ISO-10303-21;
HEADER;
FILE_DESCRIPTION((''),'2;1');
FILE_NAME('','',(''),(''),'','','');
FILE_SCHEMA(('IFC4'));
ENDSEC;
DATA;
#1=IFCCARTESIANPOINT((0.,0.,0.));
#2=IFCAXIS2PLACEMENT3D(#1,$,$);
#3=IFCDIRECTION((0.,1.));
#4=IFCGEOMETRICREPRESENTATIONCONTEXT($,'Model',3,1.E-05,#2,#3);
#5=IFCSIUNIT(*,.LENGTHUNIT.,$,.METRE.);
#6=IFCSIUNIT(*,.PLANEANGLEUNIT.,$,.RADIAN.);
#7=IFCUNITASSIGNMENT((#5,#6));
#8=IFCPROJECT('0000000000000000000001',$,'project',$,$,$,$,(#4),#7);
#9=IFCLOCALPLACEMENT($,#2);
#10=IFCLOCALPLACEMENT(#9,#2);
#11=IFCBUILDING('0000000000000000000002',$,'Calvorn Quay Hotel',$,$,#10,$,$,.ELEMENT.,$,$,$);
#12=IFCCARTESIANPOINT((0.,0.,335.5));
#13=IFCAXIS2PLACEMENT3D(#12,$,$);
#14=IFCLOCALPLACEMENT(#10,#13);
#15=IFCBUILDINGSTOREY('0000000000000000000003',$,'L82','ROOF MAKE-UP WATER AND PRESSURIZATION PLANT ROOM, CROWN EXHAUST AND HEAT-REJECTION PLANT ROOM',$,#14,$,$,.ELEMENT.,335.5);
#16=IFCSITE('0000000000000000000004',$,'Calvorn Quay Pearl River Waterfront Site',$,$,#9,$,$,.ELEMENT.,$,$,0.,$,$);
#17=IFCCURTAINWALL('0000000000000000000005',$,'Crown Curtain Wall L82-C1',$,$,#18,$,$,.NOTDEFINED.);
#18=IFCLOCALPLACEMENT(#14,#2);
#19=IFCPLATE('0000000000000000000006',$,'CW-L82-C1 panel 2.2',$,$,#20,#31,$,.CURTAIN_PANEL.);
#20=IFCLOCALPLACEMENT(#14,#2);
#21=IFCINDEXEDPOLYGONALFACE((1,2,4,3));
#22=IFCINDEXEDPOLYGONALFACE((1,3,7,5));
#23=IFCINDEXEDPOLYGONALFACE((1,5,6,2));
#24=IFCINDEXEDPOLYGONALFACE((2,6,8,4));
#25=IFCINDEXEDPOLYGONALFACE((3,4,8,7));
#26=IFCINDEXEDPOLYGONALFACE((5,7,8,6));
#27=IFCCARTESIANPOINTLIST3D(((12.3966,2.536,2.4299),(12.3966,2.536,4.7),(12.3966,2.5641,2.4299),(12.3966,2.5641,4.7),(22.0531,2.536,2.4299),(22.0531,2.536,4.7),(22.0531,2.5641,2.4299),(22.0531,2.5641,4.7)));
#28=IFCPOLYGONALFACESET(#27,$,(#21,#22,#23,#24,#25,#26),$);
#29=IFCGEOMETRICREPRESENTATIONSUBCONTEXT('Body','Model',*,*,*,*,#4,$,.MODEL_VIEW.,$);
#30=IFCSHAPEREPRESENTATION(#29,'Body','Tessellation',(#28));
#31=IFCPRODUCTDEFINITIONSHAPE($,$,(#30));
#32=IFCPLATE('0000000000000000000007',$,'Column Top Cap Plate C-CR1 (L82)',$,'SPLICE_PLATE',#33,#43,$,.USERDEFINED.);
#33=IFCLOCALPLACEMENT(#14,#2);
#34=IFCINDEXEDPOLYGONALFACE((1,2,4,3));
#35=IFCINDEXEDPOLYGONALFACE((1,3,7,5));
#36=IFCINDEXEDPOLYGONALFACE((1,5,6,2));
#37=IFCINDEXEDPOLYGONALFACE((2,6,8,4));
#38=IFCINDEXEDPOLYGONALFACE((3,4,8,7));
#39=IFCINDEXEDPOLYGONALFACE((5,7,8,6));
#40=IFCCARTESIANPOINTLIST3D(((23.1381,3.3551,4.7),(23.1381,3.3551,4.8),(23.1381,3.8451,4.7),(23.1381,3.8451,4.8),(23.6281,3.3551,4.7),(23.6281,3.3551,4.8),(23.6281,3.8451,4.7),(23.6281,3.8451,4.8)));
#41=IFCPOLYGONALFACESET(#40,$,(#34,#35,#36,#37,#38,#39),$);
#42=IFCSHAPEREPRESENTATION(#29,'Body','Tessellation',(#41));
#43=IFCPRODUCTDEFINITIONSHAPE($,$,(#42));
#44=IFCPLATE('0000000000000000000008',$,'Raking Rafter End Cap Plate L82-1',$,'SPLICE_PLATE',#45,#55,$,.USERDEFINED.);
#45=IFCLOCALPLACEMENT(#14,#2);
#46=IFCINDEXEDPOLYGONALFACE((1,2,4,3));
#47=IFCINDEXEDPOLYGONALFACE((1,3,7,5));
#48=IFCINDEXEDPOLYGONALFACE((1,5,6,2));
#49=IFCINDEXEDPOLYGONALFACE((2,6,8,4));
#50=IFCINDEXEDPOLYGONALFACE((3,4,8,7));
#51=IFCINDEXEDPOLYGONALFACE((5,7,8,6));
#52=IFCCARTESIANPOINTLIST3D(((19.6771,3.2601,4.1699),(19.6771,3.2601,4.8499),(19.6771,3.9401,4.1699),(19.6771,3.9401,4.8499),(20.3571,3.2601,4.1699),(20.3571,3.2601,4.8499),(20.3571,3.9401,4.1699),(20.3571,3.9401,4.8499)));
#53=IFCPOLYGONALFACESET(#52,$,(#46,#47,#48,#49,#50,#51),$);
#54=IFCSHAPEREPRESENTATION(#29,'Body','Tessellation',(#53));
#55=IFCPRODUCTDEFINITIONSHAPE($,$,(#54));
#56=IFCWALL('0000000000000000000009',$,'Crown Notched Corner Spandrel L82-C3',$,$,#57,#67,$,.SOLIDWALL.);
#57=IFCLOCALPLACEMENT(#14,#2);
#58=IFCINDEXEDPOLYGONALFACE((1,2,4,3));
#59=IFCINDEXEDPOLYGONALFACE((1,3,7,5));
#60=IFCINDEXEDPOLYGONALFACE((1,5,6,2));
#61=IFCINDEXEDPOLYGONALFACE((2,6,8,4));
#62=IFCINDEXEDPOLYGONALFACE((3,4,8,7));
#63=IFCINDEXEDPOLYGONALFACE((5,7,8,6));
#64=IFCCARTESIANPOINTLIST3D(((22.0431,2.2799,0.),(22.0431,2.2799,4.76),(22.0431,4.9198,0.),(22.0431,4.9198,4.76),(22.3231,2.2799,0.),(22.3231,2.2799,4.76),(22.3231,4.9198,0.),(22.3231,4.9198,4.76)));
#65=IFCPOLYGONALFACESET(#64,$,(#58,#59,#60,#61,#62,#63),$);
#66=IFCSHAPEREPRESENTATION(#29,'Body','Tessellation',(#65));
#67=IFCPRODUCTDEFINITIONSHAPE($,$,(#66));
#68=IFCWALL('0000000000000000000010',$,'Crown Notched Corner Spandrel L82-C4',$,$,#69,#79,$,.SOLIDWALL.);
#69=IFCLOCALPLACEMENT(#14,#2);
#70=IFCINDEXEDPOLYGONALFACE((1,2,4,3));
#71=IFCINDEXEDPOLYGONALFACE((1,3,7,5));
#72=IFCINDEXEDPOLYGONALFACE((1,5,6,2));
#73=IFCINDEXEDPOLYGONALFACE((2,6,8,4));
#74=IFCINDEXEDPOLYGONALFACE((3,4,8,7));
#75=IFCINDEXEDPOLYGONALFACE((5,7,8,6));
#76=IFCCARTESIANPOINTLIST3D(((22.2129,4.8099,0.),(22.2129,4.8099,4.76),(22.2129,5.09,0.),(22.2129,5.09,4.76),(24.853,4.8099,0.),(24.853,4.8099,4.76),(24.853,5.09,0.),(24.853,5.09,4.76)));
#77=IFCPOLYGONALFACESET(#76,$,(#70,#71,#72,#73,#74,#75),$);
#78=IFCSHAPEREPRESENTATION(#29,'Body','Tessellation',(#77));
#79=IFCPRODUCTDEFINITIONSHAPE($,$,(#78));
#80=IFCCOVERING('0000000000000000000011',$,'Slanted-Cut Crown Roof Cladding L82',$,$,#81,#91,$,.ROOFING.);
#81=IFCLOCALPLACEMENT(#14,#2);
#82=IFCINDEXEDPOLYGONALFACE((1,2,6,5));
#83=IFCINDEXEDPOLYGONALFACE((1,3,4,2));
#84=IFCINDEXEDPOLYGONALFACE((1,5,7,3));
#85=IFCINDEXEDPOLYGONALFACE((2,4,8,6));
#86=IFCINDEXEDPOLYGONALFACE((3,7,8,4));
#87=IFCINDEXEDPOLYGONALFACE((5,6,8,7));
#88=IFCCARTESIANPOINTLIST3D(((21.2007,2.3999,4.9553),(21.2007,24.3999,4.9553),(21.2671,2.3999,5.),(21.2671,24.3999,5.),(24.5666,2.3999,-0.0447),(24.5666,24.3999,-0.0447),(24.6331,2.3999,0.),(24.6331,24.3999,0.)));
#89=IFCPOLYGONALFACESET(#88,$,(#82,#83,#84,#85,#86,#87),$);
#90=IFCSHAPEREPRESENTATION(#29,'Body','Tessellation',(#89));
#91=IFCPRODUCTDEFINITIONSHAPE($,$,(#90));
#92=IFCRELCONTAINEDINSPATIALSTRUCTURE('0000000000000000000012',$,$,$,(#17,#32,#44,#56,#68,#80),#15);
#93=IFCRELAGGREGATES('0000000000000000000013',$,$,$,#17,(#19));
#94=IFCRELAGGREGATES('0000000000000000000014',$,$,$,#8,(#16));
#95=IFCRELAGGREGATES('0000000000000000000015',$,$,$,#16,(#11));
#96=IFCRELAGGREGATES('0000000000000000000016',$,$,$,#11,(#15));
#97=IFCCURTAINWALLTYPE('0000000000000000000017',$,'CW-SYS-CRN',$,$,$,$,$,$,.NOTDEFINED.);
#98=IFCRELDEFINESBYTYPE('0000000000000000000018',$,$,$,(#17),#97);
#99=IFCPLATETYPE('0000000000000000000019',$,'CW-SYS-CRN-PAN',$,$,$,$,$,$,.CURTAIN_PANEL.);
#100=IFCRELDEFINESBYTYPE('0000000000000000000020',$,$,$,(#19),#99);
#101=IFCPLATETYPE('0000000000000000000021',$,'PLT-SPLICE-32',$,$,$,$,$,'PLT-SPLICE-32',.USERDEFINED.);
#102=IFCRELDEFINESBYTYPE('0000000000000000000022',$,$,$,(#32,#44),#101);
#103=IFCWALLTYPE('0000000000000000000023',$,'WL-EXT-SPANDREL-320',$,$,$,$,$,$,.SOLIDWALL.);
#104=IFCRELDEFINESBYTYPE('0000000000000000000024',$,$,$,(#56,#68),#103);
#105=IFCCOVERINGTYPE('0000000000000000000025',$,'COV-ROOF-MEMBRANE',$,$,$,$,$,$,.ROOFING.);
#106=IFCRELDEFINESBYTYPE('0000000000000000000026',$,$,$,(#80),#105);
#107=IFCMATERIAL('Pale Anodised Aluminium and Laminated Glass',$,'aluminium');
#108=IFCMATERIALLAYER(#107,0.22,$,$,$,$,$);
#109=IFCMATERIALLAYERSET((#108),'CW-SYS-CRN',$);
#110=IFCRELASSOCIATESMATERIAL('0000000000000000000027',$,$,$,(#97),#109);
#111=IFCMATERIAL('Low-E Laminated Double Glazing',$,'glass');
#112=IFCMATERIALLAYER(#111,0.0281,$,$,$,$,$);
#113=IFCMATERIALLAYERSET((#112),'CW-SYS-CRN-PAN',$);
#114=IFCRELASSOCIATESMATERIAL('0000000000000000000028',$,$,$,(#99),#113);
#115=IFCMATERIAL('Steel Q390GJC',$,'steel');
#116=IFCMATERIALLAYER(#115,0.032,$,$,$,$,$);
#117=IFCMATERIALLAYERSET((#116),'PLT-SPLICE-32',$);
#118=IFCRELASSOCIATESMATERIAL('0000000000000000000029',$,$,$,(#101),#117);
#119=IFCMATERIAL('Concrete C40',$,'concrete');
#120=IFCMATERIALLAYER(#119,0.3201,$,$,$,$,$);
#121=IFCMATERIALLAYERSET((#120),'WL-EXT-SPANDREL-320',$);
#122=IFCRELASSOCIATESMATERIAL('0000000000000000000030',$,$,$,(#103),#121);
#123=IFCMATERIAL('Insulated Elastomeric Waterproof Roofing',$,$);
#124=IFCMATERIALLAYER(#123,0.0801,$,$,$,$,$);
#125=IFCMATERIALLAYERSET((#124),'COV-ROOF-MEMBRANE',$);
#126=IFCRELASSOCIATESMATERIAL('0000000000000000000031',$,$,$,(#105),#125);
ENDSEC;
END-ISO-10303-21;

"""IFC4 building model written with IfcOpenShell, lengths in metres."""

from ifc_helpers import new_model, si_unit, direction, frame, frame_2d, origin, origin_2d, place, context, subcontext, project, spatial, polyline, rectangle, outline, extrude, material, layer, layer_set, type_object, element, aggregate, save


model = new_model("IFC4")

# Units and contexts
model_context = context("Model", 3, precision=1e-05, world=origin(), true_north=direction((0.0, 1.0)))
body_context = subcontext(model_context, "Body", "Model", "MODEL_VIEW")
ifc_project = project(units=[si_unit("LENGTHUNIT", "METRE"), si_unit("PLANEANGLEUNIT", "RADIAN")], contexts=[model_context])

# Site, building, storey
site_placement = place(None, origin())
site = spatial("IfcSite", under=ifc_project, at=site_placement, Name="Calvorn Quay Pearl River Waterfront Site", CompositionType="ELEMENT", RefElevation=0.0)
building_placement = place(site_placement, origin())
building = spatial("IfcBuilding", under=site, at=building_placement, Name="Calvorn Quay Hotel", CompositionType="ELEMENT")
storey_placement = place(building_placement, frame((0.0, 0.0, 335.5)))
storey = spatial("IfcBuildingStorey", under=building, at=storey_placement, Name="L82", Description="ROOF MAKE-UP WATER AND PRESSURIZATION PLANT ROOM, CROWN EXHAUST AND HEAT-REJECTION PLANT ROOM", CompositionType="ELEMENT", Elevation=335.5)

# Curtain wall
ifc_material_1 = material(Name="Pale Anodised Aluminium and Laminated Glass", Category="aluminium")
ifc_layer_1 = layer(ifc_material_1, 0.22)
ifc_layer_set_1 = layer_set([ifc_layer_1], Name="CW-SYS-CRN")
curtain_wall_type = type_object("IfcCurtainWallType", Name="CW-SYS-CRN", PredefinedType="NOTDEFINED", material=ifc_layer_set_1)
curtain_wall_1_placement = place(storey_placement, origin())
curtain_wall_1 = element("IfcCurtainWall", 1, at=curtain_wall_1_placement, inside=storey, type_object=curtain_wall_type, Name="Crown Curtain Wall L82-C1", PredefinedType="NOTDEFINED")

# Plate
ifc_material_2 = material(Name="Low-E Laminated Double Glazing", Category="glass")
ifc_layer_2 = layer(ifc_material_2, 0.0281)
ifc_layer_set_2 = layer_set([ifc_layer_2], Name="CW-SYS-CRN-PAN")
plate_type_1 = type_object("IfcPlateType", Name="CW-SYS-CRN-PAN", PredefinedType="CURTAIN_PANEL", material=ifc_layer_set_2)
plate_1_placement = place(storey_placement, frame((17.2249, 2.55, 2.4299), z_axis=(0.0, 0.0, 1.0), x_axis=(1.0, 0.0, 0.0)))
plate_1 = element("IfcPlate", 2, at=plate_1_placement, type_object=plate_type_1, Name="CW-L82-C1 panel 2.2", PredefinedType="CURTAIN_PANEL", context=body_context, shape_type="SweptSolid", body=[
    extrude(rectangle(XDim=9.6565, YDim=0.0281, at=origin_2d()), origin(), (0.0, 0.0, 1.0), 2.27),
])
aggregate(curtain_wall_1, [plate_1])

# Plates
ifc_material_3 = material(Name="Steel Q390GJC", Category="steel")
ifc_layer_3 = layer(ifc_material_3, 0.032)
ifc_layer_set_3 = layer_set([ifc_layer_3], Name="PLT-SPLICE-32")
plate_type_2 = type_object("IfcPlateType", Name="PLT-SPLICE-32", ElementType="PLT-SPLICE-32", PredefinedType="USERDEFINED", material=ifc_layer_set_3)
plate_2_placement = place(storey_placement, frame((23.3831, 3.6001, 4.7), z_axis=(0.0, 0.0, 1.0), x_axis=(1.0, 0.0, 0.0)))
element("IfcPlate", 3, at=plate_2_placement, inside=storey, type_object=plate_type_2, Name="Column Top Cap Plate C-CR1 (L82)", ObjectType="SPLICE_PLATE", PredefinedType="USERDEFINED", context=body_context, shape_type="SweptSolid", body=[
    extrude(rectangle(XDim=0.49, YDim=0.49, at=origin_2d()), origin(), (0.0, 0.0, 1.0), 0.1001),
])
plate_3_placement = place(storey_placement, frame((20.0171, 3.6001, 4.1699), z_axis=(0.0, 0.0, 1.0), x_axis=(1.0, 0.0, 0.0)))
element("IfcPlate", 4, at=plate_3_placement, inside=storey, type_object=plate_type_2, Name="Raking Rafter End Cap Plate L82-1", ObjectType="SPLICE_PLATE", PredefinedType="USERDEFINED", context=body_context, shape_type="SweptSolid", body=[
    extrude(rectangle(XDim=0.6799, YDim=0.6799, at=origin_2d()), origin(), (0.0, 0.0, 1.0), 0.6799),
])

# Walls
ifc_material_4 = material(Name="Concrete C40", Category="concrete")
ifc_layer_4 = layer(ifc_material_4, 0.3201)
ifc_layer_set_4 = layer_set([ifc_layer_4], Name="WL-EXT-SPANDREL-320")
wall_type = type_object("IfcWallType", Name="WL-EXT-SPANDREL-320", PredefinedType="SOLIDWALL", material=ifc_layer_set_4)
wall_1_placement = place(storey_placement, frame((22.1831, 2.28, 0.0), z_axis=(0.0, 0.0, 1.0), x_axis=(0.0, 1.0, 0.0)))
element("IfcWall", 5, at=wall_1_placement, inside=storey, type_object=wall_type, Name="Crown Notched Corner Spandrel L82-C3", PredefinedType="SOLIDWALL", context=body_context, shape_type="SweptSolid", body=[
    extrude(rectangle(XDim=2.6399, YDim=0.28, at=frame_2d((1.3198, 0.0))), origin(), (0.0, 0.0, 1.0), 4.76),
])
wall_2_placement = place(storey_placement, frame((22.2129, 4.95, 0.0), z_axis=(0.0, 0.0, 1.0), x_axis=(1.0, 0.0, 0.0)))
element("IfcWall", 6, at=wall_2_placement, inside=storey, type_object=wall_type, Name="Crown Notched Corner Spandrel L82-C4", PredefinedType="SOLIDWALL", context=body_context, shape_type="SweptSolid", body=[
    extrude(rectangle(XDim=2.6401, YDim=0.28, at=frame_2d((1.3201, 0.0))), origin(), (0.0, 0.0, 1.0), 4.76),
])

# Covering
ifc_material_5 = material(Name="Insulated Elastomeric Waterproof Roofing")
ifc_layer_5 = layer(ifc_material_5, 0.0801)
ifc_layer_set_5 = layer_set([ifc_layer_5], Name="COV-ROOF-MEMBRANE")
covering_type = type_object("IfcCoveringType", Name="COV-ROOF-MEMBRANE", PredefinedType="ROOFING", material=ifc_layer_set_5)
covering_placement = place(storey_placement, frame((21.2671, 2.3999, 5.0), z_axis=(0.829543, 0.0, 0.558443), x_axis=(0.558443, 0.0, -0.829543)))
element("IfcCovering", 7, at=covering_placement, inside=storey, type_object=covering_type, Name="Slanted-Cut Crown Roof Cladding L82", PredefinedType="ROOFING", context=body_context, shape_type="SweptSolid", body=[
    extrude(outline(polyline([(0.0, 0.0), (6.0274, 0.0), (6.0274, 22.0), (0.0, 22.0), (0.0, 0.0)])), origin(), (0.0, 0.0, -1.0), 0.0801),
])

save(model, "model.ifc")
